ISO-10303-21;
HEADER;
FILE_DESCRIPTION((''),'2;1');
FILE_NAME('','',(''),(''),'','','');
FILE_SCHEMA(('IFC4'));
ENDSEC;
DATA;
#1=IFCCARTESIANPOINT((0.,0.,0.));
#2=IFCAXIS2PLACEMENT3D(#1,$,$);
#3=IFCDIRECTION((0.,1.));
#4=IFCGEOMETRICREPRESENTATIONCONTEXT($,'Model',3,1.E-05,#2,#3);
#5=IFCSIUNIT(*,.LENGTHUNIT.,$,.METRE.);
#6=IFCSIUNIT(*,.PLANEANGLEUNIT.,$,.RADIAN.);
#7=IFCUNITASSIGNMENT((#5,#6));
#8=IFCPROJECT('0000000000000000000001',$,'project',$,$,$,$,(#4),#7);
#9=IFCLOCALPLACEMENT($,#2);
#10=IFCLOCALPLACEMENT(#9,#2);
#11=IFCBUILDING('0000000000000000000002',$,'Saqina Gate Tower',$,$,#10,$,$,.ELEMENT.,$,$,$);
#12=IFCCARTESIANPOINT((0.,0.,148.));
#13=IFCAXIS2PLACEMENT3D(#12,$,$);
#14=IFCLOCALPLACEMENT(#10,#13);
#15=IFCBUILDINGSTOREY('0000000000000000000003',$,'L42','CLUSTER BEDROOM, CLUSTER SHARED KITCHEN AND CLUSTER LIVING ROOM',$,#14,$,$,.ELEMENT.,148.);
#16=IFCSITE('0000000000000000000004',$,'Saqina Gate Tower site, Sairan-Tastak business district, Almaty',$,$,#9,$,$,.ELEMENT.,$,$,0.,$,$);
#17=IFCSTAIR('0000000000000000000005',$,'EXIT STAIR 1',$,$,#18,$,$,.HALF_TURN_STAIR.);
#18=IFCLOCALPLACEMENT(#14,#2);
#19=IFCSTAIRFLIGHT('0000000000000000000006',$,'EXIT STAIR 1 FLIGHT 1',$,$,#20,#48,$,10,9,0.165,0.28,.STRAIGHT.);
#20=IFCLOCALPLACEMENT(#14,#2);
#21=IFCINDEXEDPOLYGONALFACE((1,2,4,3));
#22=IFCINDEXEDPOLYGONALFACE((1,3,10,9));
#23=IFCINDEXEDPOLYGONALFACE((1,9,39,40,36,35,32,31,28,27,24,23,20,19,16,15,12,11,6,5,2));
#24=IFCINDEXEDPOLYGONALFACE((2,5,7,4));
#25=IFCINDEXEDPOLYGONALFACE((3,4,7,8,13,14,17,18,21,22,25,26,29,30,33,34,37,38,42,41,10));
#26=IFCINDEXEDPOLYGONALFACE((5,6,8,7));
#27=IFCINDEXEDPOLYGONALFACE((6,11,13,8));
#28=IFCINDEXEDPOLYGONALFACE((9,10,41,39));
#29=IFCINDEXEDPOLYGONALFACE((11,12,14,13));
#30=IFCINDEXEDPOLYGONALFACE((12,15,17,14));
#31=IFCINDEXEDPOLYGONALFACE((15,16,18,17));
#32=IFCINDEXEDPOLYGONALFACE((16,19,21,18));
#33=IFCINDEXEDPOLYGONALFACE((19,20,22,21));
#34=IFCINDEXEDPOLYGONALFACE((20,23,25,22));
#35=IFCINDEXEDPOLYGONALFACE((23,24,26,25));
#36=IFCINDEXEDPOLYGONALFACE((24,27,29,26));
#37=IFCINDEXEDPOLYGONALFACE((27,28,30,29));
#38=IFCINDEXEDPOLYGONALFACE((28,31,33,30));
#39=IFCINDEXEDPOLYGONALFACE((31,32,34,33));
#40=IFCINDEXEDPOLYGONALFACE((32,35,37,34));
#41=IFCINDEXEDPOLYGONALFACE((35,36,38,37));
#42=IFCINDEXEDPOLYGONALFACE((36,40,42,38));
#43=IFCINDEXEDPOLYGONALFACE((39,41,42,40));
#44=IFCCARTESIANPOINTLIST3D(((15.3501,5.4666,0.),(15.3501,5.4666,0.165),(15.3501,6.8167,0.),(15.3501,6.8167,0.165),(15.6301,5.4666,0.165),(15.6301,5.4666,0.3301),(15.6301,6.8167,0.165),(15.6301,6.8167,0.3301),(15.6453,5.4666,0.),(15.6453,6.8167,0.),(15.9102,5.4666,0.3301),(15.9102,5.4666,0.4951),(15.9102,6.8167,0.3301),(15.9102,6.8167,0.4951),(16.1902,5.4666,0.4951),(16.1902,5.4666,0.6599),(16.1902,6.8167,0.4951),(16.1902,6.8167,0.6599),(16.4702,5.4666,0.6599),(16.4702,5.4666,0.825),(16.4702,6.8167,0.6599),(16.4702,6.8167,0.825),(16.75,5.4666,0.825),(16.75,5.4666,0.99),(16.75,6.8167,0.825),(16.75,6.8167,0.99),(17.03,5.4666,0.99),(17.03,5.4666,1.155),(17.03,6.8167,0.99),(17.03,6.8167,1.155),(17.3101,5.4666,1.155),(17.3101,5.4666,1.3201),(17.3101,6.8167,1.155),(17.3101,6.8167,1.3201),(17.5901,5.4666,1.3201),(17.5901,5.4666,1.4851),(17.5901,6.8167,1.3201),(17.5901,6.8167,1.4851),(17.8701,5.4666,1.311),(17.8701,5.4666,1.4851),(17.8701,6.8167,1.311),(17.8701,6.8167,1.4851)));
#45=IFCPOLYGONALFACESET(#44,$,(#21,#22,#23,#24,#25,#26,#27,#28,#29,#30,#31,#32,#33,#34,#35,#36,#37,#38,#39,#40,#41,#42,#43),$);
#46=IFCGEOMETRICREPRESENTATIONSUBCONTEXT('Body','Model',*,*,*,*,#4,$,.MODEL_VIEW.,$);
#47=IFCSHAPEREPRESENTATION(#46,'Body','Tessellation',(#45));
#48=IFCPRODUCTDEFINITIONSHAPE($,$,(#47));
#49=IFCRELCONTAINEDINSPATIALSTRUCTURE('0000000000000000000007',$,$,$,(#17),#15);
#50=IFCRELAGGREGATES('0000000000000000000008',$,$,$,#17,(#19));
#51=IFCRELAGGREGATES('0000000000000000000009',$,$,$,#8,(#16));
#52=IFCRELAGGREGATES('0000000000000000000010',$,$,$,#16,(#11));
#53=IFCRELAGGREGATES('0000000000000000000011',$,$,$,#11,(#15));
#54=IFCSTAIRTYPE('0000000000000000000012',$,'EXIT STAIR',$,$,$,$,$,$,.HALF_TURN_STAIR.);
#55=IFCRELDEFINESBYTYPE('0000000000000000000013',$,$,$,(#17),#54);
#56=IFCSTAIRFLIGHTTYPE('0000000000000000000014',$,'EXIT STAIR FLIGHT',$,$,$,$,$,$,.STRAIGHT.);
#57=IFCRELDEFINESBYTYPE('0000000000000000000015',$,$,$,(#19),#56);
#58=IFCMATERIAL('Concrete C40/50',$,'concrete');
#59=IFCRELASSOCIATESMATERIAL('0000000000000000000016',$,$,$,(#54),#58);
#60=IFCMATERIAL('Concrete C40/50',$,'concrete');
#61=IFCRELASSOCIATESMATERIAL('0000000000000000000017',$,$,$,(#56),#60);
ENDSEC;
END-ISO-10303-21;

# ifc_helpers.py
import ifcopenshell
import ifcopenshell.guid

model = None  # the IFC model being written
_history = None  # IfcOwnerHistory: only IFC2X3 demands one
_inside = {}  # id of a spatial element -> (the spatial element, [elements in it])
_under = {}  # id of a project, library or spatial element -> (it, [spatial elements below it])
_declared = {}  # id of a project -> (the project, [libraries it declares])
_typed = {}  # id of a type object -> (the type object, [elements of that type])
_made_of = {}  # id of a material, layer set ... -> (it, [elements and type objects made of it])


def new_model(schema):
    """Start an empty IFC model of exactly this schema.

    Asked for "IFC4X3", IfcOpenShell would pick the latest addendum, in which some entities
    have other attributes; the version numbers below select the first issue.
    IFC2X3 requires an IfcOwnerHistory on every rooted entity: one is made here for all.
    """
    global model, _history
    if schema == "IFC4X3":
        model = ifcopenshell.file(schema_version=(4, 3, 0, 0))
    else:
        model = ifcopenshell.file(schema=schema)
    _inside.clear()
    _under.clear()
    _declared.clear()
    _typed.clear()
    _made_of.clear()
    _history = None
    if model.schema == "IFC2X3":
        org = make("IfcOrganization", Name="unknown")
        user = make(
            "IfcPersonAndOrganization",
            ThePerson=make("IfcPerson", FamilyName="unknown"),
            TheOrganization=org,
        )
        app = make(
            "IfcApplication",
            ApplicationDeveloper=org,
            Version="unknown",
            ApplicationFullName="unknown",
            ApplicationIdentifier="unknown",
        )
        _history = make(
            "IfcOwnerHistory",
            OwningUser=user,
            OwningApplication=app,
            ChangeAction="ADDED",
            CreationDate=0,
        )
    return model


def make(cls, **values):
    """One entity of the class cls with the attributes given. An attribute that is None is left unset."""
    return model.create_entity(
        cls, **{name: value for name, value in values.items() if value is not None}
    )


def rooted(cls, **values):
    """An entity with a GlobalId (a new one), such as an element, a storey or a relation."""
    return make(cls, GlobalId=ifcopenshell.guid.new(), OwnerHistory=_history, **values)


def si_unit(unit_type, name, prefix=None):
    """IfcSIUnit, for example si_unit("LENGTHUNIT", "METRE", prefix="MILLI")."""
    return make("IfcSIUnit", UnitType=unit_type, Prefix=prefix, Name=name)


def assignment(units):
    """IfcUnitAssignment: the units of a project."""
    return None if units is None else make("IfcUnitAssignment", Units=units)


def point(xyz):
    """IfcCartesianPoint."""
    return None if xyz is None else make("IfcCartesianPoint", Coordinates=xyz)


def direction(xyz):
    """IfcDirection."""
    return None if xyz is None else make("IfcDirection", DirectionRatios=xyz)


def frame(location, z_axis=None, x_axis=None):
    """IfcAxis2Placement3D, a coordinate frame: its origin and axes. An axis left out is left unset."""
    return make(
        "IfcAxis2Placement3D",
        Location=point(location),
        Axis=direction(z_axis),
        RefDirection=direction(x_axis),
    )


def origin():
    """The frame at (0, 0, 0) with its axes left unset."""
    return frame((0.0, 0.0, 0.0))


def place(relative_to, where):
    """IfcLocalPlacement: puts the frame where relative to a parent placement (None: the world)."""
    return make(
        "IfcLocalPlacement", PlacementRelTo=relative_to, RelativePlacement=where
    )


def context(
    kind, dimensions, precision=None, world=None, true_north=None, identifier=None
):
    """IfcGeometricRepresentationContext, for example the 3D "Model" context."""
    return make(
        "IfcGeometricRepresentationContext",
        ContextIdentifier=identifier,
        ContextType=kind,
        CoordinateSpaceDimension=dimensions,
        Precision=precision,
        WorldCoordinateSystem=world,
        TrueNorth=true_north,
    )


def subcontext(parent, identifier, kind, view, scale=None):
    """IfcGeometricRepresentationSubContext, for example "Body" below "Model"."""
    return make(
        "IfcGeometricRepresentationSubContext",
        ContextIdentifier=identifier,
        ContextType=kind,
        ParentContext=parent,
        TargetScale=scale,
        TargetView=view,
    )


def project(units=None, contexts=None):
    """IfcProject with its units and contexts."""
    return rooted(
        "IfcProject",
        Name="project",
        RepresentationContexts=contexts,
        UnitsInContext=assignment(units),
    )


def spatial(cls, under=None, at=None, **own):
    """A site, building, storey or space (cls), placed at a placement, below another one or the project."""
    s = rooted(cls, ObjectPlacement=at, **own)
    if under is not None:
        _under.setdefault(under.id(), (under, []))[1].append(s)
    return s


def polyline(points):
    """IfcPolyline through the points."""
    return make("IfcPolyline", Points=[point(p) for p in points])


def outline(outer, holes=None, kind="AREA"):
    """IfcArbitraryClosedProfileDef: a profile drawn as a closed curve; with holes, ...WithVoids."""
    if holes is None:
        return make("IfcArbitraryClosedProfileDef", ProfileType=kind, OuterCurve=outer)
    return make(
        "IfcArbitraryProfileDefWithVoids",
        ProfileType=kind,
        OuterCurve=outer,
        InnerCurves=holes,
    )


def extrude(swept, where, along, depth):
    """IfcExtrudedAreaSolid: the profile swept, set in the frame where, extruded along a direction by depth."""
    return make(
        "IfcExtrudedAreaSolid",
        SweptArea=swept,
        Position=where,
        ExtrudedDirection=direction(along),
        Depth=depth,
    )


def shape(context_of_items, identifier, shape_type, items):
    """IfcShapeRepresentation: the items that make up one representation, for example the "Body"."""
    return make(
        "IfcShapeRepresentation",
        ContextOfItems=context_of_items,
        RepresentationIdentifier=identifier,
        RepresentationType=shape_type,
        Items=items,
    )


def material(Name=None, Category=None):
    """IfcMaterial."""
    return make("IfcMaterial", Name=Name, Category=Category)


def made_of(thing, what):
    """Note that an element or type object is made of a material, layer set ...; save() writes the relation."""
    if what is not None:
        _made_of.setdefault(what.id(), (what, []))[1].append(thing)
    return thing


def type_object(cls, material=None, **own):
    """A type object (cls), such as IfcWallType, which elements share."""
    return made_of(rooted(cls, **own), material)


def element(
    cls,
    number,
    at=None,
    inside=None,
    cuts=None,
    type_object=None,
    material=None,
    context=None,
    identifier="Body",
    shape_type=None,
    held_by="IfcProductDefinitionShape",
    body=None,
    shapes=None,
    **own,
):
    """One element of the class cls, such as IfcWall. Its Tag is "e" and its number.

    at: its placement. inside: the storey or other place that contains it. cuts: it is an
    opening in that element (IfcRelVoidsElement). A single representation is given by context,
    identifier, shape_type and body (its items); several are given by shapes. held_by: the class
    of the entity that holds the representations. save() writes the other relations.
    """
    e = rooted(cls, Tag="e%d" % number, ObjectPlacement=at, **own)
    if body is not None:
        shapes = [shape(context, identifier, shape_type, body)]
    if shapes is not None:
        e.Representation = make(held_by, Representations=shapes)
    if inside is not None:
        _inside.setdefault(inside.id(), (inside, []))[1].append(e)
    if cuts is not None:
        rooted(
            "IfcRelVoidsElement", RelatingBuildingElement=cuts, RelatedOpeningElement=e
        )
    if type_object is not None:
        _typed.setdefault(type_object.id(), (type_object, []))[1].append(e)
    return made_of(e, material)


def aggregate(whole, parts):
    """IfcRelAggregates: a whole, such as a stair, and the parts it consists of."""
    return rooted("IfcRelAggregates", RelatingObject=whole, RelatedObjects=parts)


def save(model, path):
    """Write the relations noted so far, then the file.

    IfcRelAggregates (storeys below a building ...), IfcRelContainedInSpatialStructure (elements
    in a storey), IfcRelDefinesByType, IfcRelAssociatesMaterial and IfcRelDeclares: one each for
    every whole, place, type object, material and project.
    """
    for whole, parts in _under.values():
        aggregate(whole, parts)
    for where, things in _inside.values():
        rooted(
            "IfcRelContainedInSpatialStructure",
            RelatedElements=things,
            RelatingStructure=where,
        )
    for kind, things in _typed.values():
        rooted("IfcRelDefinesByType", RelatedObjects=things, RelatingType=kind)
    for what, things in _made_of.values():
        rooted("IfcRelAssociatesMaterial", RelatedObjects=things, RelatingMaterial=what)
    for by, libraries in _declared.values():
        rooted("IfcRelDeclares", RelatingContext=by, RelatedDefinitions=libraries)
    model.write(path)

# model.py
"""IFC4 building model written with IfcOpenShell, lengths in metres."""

from ifc_helpers import new_model, si_unit, direction, frame, origin, place, context, subcontext, project, spatial, polyline, outline, extrude, material, type_object, element, aggregate, save


model = new_model("IFC4")

# Units and contexts
model_context = context("Model", 3, precision=1e-05, world=origin(), true_north=direction((0.0, 1.0)))
body_context = subcontext(model_context, "Body", "Model", "MODEL_VIEW")
ifc_project = project(units=[si_unit("LENGTHUNIT", "METRE"), si_unit("PLANEANGLEUNIT", "RADIAN")], contexts=[model_context])

# Site, building, storey
site_placement = place(None, origin())
site = spatial("IfcSite", under=ifc_project, at=site_placement, Name="Saqina Gate Tower site, Sairan-Tastak business district, Almaty", CompositionType="ELEMENT", RefElevation=0.0)
building_placement = place(site_placement, origin())
building = spatial("IfcBuilding", under=site, at=building_placement, Name="Saqina Gate Tower", CompositionType="ELEMENT")
storey_placement = place(building_placement, frame((0.0, 0.0, 148.0)))
storey = spatial("IfcBuildingStorey", under=building, at=storey_placement, Name="L42", Description="CLUSTER BEDROOM, CLUSTER SHARED KITCHEN AND CLUSTER LIVING ROOM", CompositionType="ELEMENT", Elevation=148.0)

# Stair, stair flight
ifc_material_1 = material(Name="Concrete C40/50", Category="concrete")
stair_type = type_object("IfcStairType", Name="EXIT STAIR", PredefinedType="HALF_TURN_STAIR", material=ifc_material_1)
stair_placement = place(storey_placement, origin())
stair = element("IfcStair", 1, at=stair_placement, inside=storey, type_object=stair_type, Name="EXIT STAIR 1", PredefinedType="HALF_TURN_STAIR")
ifc_material_2 = material(Name="Concrete C40/50", Category="concrete")
stair_flight_type = type_object("IfcStairFlightType", Name="EXIT STAIR FLIGHT", PredefinedType="STRAIGHT", material=ifc_material_2)
stair_flight_placement = place(storey_placement, frame((15.3501, 6.1416, 0.0), z_axis=(0.0, 0.0, 1.0), x_axis=(1.0, 0.0, 0.0)))
stair_flight = element("IfcStairFlight", 2, at=stair_flight_placement, type_object=stair_flight_type, Name="EXIT STAIR 1 FLIGHT 1", NumberOfRisers=10, NumberOfTreads=9, PredefinedType="STRAIGHT", RiserHeight=0.165, TreadLength=0.28, context=body_context, shape_type="SweptSolid", body=[
    extrude(outline(polyline([(0.0, 0.0), (0.0, 0.165), (0.28, 0.165), (0.28, 0.3301), (0.5601, 0.3301), (0.5601, 0.4951), (0.8401, 0.4951), (0.8401, 0.6599), (1.1201, 0.6599), (1.1201, 0.825), (1.3999, 0.825), (1.3999, 0.99), (1.6799, 0.99), (1.6799, 1.155), (1.96, 1.155), (1.96, 1.3201), (2.24, 1.3201), (2.24, 1.4851), (2.52, 1.4851), (2.52, 1.6499), (2.52, 1.311), (0.2952, 0.0), (0.0, 0.0)])), frame((0.0, 0.675, 0.0), z_axis=(0.0, -1.0, 0.0), x_axis=(1.0, 0.0, 0.0)), (0.0, 0.0, 1.0), 1.3501),
])
aggregate(stair, [stair_flight])

save(model, "model.ifc")
